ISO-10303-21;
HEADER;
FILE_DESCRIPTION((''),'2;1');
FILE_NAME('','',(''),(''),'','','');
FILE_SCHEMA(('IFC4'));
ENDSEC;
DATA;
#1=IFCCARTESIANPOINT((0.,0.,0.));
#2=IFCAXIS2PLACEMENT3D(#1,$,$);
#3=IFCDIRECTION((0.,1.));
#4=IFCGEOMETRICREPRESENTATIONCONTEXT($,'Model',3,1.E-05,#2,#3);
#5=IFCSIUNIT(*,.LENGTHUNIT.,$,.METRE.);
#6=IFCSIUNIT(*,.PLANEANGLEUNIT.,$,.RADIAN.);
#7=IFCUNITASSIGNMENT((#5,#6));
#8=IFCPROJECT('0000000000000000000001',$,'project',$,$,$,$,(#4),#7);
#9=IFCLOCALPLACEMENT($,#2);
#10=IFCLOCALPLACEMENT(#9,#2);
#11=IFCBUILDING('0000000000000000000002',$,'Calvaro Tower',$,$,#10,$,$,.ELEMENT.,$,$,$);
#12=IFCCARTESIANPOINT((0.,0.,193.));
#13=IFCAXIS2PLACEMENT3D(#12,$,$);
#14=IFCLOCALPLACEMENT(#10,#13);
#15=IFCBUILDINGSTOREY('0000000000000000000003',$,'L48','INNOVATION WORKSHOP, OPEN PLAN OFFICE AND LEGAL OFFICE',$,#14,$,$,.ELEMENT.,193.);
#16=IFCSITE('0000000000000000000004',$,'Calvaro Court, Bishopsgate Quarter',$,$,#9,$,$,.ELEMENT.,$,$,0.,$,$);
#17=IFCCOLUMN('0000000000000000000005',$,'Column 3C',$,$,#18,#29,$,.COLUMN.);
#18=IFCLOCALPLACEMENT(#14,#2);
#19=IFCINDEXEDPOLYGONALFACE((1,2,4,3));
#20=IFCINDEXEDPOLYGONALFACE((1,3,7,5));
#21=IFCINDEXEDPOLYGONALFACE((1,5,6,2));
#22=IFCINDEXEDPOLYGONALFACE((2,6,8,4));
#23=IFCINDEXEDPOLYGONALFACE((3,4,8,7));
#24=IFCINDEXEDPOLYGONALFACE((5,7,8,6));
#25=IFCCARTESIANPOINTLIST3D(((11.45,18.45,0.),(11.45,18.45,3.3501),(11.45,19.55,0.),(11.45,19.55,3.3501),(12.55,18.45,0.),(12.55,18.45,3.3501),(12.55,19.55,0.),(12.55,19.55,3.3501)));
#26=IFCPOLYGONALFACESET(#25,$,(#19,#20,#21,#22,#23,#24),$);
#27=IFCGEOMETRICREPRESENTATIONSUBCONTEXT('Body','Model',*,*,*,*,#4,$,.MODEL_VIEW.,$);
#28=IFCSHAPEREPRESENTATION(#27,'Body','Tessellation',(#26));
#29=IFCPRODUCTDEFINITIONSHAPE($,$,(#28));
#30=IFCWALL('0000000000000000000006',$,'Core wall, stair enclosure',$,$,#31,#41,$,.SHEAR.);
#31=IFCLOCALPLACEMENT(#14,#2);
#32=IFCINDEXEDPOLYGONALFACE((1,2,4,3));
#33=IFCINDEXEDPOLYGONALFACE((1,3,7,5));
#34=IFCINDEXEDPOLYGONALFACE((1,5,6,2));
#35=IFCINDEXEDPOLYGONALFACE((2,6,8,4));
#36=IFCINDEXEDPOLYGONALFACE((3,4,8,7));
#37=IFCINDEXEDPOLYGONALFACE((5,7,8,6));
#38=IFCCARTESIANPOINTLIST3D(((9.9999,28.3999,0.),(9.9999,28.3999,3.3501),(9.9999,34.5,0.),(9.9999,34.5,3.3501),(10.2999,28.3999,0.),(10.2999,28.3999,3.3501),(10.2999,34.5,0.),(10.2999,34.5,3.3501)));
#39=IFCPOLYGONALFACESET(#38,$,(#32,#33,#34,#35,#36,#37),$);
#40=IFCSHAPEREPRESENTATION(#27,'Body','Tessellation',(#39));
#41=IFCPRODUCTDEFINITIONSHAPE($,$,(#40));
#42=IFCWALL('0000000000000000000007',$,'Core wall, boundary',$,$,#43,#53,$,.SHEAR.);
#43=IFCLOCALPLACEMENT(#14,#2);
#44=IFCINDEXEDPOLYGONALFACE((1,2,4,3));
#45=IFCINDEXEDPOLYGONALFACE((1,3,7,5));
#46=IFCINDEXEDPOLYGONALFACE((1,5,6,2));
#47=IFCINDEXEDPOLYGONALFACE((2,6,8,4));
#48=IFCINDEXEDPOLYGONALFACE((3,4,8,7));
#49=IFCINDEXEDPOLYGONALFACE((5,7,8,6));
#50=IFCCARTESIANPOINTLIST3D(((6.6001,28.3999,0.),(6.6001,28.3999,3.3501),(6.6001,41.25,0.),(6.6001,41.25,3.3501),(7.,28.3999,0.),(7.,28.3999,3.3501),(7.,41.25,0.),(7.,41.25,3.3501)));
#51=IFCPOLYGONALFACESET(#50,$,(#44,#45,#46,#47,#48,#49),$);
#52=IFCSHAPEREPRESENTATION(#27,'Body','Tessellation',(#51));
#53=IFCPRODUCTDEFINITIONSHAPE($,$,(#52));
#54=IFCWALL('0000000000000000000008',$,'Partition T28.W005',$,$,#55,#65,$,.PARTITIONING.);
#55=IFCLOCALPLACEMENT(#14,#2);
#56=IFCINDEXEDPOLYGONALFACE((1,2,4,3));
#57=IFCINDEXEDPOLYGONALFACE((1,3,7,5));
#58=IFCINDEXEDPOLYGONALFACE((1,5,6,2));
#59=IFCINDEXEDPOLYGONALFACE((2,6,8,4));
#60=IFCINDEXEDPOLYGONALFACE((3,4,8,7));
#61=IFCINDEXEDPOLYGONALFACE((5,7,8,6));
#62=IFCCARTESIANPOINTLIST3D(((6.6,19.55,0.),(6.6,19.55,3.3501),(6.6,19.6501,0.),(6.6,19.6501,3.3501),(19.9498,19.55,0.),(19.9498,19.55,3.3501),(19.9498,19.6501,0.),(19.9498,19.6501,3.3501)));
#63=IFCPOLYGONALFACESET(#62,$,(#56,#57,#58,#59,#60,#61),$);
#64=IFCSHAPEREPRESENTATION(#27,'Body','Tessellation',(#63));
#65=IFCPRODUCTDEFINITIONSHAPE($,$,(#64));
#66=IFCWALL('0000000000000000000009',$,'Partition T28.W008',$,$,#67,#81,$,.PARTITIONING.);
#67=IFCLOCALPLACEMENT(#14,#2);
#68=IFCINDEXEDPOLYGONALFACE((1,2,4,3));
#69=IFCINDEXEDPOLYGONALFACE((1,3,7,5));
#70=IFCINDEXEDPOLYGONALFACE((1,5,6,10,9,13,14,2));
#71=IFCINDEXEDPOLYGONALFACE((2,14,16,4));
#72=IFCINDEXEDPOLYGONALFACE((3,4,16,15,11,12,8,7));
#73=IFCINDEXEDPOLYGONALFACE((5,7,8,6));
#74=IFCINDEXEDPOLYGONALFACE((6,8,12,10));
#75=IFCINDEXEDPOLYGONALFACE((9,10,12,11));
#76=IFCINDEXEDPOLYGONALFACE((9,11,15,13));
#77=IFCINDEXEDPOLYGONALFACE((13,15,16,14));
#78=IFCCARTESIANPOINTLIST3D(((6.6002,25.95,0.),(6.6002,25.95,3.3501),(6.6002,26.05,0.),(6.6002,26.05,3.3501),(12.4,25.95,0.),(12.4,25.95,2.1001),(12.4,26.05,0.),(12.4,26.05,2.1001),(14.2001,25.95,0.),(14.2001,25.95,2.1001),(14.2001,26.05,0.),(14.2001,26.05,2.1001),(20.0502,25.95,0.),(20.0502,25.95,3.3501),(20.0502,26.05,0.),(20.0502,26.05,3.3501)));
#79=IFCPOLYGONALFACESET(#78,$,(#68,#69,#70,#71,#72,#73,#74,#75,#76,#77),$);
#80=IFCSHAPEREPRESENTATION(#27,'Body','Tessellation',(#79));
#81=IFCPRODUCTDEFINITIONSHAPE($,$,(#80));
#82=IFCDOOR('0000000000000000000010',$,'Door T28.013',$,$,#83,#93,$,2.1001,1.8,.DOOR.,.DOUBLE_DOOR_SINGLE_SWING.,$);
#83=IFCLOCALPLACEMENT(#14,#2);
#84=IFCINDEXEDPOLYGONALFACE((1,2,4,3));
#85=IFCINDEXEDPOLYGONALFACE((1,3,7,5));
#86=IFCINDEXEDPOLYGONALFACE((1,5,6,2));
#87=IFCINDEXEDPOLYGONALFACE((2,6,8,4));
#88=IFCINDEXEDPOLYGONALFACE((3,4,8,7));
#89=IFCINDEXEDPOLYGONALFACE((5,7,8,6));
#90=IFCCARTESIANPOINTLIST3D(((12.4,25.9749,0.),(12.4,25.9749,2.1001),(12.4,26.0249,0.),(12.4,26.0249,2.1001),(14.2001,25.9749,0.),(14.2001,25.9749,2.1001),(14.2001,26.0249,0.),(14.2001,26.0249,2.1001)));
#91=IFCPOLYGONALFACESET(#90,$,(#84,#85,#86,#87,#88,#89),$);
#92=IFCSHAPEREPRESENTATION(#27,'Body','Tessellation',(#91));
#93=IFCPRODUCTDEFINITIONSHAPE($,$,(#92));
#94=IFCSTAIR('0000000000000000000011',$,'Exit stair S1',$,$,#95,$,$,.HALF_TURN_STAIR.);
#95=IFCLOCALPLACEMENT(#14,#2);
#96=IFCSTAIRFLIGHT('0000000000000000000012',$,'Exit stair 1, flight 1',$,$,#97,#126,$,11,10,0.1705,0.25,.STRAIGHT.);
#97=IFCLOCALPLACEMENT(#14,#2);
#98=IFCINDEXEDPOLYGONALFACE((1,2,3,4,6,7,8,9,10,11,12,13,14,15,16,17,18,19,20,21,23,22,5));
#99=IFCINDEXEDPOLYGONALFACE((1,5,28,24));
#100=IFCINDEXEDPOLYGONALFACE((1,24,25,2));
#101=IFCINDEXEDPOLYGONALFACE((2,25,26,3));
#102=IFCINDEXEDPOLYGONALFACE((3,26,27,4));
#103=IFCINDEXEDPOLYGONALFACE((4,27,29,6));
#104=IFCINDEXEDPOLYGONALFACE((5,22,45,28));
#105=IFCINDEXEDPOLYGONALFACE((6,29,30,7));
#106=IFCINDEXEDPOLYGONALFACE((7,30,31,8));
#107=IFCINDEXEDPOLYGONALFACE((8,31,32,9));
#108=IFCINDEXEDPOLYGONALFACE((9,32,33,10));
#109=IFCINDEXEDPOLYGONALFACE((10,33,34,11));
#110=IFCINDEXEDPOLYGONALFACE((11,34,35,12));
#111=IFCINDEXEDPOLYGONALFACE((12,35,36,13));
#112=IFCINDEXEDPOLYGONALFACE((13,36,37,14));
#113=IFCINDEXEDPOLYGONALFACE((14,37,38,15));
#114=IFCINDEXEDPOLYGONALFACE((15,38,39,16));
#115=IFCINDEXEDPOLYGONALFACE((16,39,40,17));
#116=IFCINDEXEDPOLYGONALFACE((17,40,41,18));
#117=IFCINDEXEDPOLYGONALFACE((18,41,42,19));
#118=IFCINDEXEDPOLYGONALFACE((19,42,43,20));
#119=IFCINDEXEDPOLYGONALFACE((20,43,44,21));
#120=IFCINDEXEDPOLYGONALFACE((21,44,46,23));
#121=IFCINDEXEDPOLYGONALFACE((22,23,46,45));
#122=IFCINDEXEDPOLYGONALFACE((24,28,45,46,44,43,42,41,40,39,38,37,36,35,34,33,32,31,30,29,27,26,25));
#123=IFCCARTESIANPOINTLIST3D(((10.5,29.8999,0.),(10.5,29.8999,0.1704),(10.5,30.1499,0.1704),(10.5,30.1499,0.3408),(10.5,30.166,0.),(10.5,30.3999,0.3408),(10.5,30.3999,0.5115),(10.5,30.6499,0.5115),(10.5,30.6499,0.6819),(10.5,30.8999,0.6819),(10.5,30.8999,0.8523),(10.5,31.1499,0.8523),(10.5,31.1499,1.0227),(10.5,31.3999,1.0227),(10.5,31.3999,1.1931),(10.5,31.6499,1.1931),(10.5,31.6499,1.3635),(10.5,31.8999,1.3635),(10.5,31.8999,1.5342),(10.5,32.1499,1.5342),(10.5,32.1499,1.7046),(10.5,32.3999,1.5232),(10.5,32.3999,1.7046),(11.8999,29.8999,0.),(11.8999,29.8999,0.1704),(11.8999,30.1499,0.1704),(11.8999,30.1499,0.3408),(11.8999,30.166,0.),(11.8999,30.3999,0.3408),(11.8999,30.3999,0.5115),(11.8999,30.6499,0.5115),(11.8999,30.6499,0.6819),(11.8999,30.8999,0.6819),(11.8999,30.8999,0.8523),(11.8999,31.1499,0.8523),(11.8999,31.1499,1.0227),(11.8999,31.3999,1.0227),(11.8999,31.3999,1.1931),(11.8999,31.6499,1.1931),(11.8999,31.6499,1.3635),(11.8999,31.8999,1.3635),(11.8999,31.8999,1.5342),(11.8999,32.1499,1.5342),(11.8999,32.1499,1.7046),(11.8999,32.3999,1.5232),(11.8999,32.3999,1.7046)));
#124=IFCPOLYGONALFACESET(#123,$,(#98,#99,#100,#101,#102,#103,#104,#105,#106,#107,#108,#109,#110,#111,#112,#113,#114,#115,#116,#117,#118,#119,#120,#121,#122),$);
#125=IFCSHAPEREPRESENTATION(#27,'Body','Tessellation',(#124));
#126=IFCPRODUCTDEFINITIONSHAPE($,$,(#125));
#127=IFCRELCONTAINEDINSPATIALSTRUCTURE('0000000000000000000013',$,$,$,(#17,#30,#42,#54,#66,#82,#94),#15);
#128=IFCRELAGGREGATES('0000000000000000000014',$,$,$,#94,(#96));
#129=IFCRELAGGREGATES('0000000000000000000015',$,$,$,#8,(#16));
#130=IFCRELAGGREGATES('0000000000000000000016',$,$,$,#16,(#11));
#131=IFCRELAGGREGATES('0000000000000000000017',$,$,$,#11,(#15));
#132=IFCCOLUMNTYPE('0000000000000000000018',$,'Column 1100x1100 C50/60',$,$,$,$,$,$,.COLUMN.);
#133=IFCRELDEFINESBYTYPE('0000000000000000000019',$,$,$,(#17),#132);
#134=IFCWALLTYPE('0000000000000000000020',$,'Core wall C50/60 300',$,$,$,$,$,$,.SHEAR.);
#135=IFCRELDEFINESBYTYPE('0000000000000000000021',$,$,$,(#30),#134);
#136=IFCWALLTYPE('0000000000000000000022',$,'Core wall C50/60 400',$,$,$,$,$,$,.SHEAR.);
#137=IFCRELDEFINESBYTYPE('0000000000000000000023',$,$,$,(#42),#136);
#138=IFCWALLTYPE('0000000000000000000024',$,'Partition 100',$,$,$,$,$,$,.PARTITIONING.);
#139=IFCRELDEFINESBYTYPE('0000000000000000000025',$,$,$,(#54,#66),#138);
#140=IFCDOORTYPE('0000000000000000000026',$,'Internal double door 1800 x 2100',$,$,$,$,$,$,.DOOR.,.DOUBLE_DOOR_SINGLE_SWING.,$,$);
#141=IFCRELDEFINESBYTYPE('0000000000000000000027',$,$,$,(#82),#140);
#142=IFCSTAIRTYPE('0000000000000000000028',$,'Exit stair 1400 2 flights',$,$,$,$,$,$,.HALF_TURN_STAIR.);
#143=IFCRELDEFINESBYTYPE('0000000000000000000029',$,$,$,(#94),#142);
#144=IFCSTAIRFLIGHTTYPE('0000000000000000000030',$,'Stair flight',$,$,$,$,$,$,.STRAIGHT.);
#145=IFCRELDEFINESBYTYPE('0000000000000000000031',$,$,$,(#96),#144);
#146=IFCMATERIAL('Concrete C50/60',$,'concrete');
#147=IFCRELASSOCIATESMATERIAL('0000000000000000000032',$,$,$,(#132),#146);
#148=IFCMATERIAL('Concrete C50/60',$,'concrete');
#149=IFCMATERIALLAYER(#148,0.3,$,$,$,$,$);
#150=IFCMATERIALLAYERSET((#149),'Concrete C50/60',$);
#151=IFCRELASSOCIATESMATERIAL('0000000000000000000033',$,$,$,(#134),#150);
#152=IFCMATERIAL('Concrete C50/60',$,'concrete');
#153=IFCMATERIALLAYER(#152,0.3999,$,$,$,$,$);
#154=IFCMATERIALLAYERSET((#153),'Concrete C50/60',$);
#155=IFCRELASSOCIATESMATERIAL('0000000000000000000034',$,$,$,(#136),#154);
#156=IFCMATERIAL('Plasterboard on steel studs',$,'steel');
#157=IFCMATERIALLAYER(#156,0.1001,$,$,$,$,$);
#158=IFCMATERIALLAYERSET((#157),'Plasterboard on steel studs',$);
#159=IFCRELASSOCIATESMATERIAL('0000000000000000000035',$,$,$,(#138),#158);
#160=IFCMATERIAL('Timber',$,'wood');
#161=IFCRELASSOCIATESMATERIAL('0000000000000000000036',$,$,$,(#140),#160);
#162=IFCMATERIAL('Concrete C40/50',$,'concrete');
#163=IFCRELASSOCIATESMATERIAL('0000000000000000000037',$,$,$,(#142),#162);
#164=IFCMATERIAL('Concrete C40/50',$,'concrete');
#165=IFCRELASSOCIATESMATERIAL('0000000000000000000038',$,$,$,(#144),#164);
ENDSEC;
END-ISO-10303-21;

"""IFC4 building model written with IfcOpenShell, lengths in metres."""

from ifc_helpers import new_model, si_unit, direction, frame, frame_2d, origin, origin_2d, place, context, subcontext, project, spatial, polyline, rectangle, outline, extrude, material, layer, layer_set, material_profile, profile_set, type_object, element, fill, aggregate, save


model = new_model("IFC4")

# Units and contexts
model_context = context("Model", 3, precision=1e-05, world=origin(), true_north=direction((0.0, 1.0)))
body_context = subcontext(model_context, "Body", "Model", "MODEL_VIEW")
ifc_project = project(units=[si_unit("LENGTHUNIT", "METRE"), si_unit("PLANEANGLEUNIT", "RADIAN")], contexts=[model_context])

# Site, building, storey
site_placement = place(None, origin())
site = spatial("IfcSite", under=ifc_project, at=site_placement, Name="Calvaro Court, Bishopsgate Quarter", CompositionType="ELEMENT", RefElevation=0.0)
building_placement = place(site_placement, origin())
building = spatial("IfcBuilding", under=site, at=building_placement, Name="Calvaro Tower", CompositionType="ELEMENT")
storey_placement = place(building_placement, frame((0.0, 0.0, 193.0)))
storey = spatial("IfcBuildingStorey", under=building, at=storey_placement, Name="L48", Description="INNOVATION WORKSHOP, OPEN PLAN OFFICE AND LEGAL OFFICE", CompositionType="ELEMENT", Elevation=193.0)

# Column
ifc_material_1 = material(Name="Concrete C50/60", Category="concrete")
ifc_material_profile = material_profile(ifc_material_1, rectangle(XDim=1.1001, YDim=1.1001, at=origin_2d()), Name="RC 1100x1100")
ifc_profile_set = profile_set([ifc_material_profile], Name="Concrete C50/60")
column_type = type_object("IfcColumnType", Name="Column 1100x1100 C50/60", PredefinedType="COLUMN", material=ifc_profile_set)
column_placement = place(storey_placement, frame((12.0, 19.0, 0.0), z_axis=(0.0, 0.0, 1.0), x_axis=(1.0, 0.0, 0.0)))
element("IfcColumn", 1, at=column_placement, inside=storey, type_object=column_type, Name="Column 3C", PredefinedType="COLUMN", context=body_context, shape_type="SweptSolid", body=[
    extrude(rectangle(XDim=1.1001, YDim=1.1001, at=origin_2d()), origin(), (0.0, 0.0, 1.0), 3.3501),
])

# Wall
ifc_material_2 = material(Name="Concrete C50/60", Category="concrete")
ifc_layer_1 = layer(ifc_material_2, 0.3)
ifc_layer_set_1 = layer_set([ifc_layer_1], Name="Concrete C50/60")
wall_type_1 = type_object("IfcWallType", Name="Core wall C50/60 300", PredefinedType="SHEAR", material=ifc_layer_set_1)
wall_1_placement = place(storey_placement, frame((10.1499, 28.3999, 0.0), z_axis=(0.0, 0.0, 1.0), x_axis=(0.0, 1.0, 0.0)))
element("IfcWall", 2, at=wall_1_placement, inside=storey, type_object=wall_type_1, Name="Core wall, stair enclosure", PredefinedType="SHEAR", context=body_context, shape_type="SweptSolid", body=[
    extrude(rectangle(XDim=6.1001, YDim=0.3, at=frame_2d((3.05, 0.0))), origin(), (0.0, 0.0, 1.0), 3.3501),
])

# Shared definitions
ifc_material_3 = material(Name="Concrete C50/60", Category="concrete")
ifc_layer_2 = layer(ifc_material_3, 0.3999)
ifc_layer_set_2 = layer_set([ifc_layer_2], Name="Concrete C50/60")
wall_type_2 = type_object("IfcWallType", Name="Core wall C50/60 400", PredefinedType="SHEAR", material=ifc_layer_set_2)

# Walls
wall_2_placement = place(storey_placement, frame((6.8, 28.3999, 0.0), z_axis=(0.0, 0.0, 1.0), x_axis=(0.0, 1.0, 0.0)))
element("IfcWall", 3, at=wall_2_placement, inside=storey, type_object=wall_type_2, Name="Core wall, boundary", PredefinedType="SHEAR", context=body_context, shape_type="SweptSolid", body=[
    extrude(rectangle(XDim=12.8501, YDim=0.3999, at=frame_2d((6.425, 0.0))), origin(), (0.0, 0.0, 1.0), 3.3501),
])
ifc_material_4 = material(Name="Plasterboard on steel studs", Category="steel")
ifc_layer_3 = layer(ifc_material_4, 0.1001)
ifc_layer_set_3 = layer_set([ifc_layer_3], Name="Plasterboard on steel studs")
wall_type_3 = type_object("IfcWallType", Name="Partition 100", PredefinedType="PARTITIONING", material=ifc_layer_set_3)
wall_3_placement = place(storey_placement, frame((6.6001, 19.6001, 0.0), z_axis=(0.0, 0.0, 1.0), x_axis=(1.0, 0.0, 0.0)))
element("IfcWall", 4, at=wall_3_placement, inside=storey, type_object=wall_type_3, Name="Partition T28.W005", PredefinedType="PARTITIONING", context=body_context, shape_type="SweptSolid", body=[
    extrude(rectangle(XDim=13.3499, YDim=0.1001, at=frame_2d((6.6748, 0.0))), origin(), (0.0, 0.0, 1.0), 3.3501),
])

# Wall, opening, door
wall_4_placement = place(storey_placement, frame((6.6001, 26.0, 0.0), z_axis=(0.0, 0.0, 1.0), x_axis=(1.0, 0.0, 0.0)))
wall_4 = element("IfcWall", 5, at=wall_4_placement, inside=storey, type_object=wall_type_3, Name="Partition T28.W008", PredefinedType="PARTITIONING", context=body_context, shape_type="SweptSolid", body=[
    extrude(rectangle(XDim=13.45, YDim=0.1001, at=frame_2d((6.7251, 0.0))), origin(), (0.0, 0.0, 1.0), 3.3501),
])
opening_1_placement = place(wall_4_placement, frame((5.8, 0.0, 0.0)))
opening_1 = element("IfcOpeningElement", 6, at=opening_1_placement, cuts=wall_4, PredefinedType="OPENING", context=body_context, shape_type="SweptSolid", body=[
    extrude(rectangle(XDim=1.8, YDim=2.1001, at=frame_2d((0.8999, 1.05))), frame((0.0, 0.0601, 0.0), z_axis=(0.0, -1.0, 0.0), x_axis=(1.0, 0.0, 0.0)), (0.0, 0.0, 1.0), 0.1201),
])
ifc_material_5 = material(Name="Timber", Category="wood")
door_type_1 = type_object("IfcDoorType", Name="Internal double door 1800 x 2100", OperationType="DOUBLE_DOOR_SINGLE_SWING", PredefinedType="DOOR", material=ifc_material_5)
door_1_placement = place(opening_1_placement, origin())
door_1 = element("IfcDoor", 7, at=door_1_placement, inside=storey, type_object=door_type_1, Name="Door T28.013", OperationType="DOUBLE_DOOR_SINGLE_SWING", OverallHeight=2.1001, OverallWidth=1.8, PredefinedType="DOOR", context=body_context, shape_type="SweptSolid", body=[
    extrude(rectangle(XDim=1.8, YDim=2.1001, at=frame_2d((0.8999, 1.05))), frame((0.0, 0.0249, 0.0), z_axis=(0.0, -1.0, 0.0), x_axis=(1.0, 0.0, 0.0)), (0.0, 0.0, 1.0), 0.05),
])
fill(opening_1, door_1)

# Stair, stair flight
ifc_material_6 = material(Name="Concrete C40/50", Category="concrete")
stair_type = type_object("IfcStairType", Name="Exit stair 1400 2 flights", PredefinedType="HALF_TURN_STAIR", material=ifc_material_6)
stair_placement = place(storey_placement, origin())
stair = element("IfcStair", 8, at=stair_placement, inside=storey, type_object=stair_type, Name="Exit stair S1", PredefinedType="HALF_TURN_STAIR")
ifc_material_7 = material(Name="Concrete C40/50", Category="concrete")
stair_flight_type = type_object("IfcStairFlightType", Name="Stair flight", PredefinedType="STRAIGHT", material=ifc_material_7)
stair_flight_placement = place(storey_placement, frame((11.2, 29.8999, 0.0), z_axis=(0.0, 0.0, 1.0), x_axis=(0.0, 1.0, 0.0)))
stair_flight = element("IfcStairFlight", 9, at=stair_flight_placement, type_object=stair_flight_type, Name="Exit stair 1, flight 1", NumberOfRisers=11, NumberOfTreads=10, PredefinedType="STRAIGHT", RiserHeight=0.1705, TreadLength=0.25, context=body_context, shape_type="SweptSolid", body=[
    extrude(outline(polyline([(0.0, 0.0), (0.0, 0.1704), (0.25, 0.1704), (0.25, 0.3408), (0.5, 0.3408), (0.5, 0.5115), (0.75, 0.5115), (0.75, 0.6819), (1.0, 0.6819), (1.0, 0.8523), (1.25, 0.8523), (1.25, 1.0227), (1.5, 1.0227), (1.5, 1.1931), (1.75, 1.1931), (1.75, 1.3635), (2.0, 1.3635), (2.0, 1.5342), (2.25, 1.5342), (2.25, 1.7046), (2.5, 1.7046), (2.5, 1.875), (2.5, 1.5232), (0.2661, 0.0), (0.0, 0.0)])), frame((0.0, 0.7, 0.0), z_axis=(0.0, -1.0, 0.0), x_axis=(1.0, 0.0, 0.0)), (0.0, 0.0, 1.0), 1.3999),
])
aggregate(stair, [stair_flight])

save(model, "model.ifc")
